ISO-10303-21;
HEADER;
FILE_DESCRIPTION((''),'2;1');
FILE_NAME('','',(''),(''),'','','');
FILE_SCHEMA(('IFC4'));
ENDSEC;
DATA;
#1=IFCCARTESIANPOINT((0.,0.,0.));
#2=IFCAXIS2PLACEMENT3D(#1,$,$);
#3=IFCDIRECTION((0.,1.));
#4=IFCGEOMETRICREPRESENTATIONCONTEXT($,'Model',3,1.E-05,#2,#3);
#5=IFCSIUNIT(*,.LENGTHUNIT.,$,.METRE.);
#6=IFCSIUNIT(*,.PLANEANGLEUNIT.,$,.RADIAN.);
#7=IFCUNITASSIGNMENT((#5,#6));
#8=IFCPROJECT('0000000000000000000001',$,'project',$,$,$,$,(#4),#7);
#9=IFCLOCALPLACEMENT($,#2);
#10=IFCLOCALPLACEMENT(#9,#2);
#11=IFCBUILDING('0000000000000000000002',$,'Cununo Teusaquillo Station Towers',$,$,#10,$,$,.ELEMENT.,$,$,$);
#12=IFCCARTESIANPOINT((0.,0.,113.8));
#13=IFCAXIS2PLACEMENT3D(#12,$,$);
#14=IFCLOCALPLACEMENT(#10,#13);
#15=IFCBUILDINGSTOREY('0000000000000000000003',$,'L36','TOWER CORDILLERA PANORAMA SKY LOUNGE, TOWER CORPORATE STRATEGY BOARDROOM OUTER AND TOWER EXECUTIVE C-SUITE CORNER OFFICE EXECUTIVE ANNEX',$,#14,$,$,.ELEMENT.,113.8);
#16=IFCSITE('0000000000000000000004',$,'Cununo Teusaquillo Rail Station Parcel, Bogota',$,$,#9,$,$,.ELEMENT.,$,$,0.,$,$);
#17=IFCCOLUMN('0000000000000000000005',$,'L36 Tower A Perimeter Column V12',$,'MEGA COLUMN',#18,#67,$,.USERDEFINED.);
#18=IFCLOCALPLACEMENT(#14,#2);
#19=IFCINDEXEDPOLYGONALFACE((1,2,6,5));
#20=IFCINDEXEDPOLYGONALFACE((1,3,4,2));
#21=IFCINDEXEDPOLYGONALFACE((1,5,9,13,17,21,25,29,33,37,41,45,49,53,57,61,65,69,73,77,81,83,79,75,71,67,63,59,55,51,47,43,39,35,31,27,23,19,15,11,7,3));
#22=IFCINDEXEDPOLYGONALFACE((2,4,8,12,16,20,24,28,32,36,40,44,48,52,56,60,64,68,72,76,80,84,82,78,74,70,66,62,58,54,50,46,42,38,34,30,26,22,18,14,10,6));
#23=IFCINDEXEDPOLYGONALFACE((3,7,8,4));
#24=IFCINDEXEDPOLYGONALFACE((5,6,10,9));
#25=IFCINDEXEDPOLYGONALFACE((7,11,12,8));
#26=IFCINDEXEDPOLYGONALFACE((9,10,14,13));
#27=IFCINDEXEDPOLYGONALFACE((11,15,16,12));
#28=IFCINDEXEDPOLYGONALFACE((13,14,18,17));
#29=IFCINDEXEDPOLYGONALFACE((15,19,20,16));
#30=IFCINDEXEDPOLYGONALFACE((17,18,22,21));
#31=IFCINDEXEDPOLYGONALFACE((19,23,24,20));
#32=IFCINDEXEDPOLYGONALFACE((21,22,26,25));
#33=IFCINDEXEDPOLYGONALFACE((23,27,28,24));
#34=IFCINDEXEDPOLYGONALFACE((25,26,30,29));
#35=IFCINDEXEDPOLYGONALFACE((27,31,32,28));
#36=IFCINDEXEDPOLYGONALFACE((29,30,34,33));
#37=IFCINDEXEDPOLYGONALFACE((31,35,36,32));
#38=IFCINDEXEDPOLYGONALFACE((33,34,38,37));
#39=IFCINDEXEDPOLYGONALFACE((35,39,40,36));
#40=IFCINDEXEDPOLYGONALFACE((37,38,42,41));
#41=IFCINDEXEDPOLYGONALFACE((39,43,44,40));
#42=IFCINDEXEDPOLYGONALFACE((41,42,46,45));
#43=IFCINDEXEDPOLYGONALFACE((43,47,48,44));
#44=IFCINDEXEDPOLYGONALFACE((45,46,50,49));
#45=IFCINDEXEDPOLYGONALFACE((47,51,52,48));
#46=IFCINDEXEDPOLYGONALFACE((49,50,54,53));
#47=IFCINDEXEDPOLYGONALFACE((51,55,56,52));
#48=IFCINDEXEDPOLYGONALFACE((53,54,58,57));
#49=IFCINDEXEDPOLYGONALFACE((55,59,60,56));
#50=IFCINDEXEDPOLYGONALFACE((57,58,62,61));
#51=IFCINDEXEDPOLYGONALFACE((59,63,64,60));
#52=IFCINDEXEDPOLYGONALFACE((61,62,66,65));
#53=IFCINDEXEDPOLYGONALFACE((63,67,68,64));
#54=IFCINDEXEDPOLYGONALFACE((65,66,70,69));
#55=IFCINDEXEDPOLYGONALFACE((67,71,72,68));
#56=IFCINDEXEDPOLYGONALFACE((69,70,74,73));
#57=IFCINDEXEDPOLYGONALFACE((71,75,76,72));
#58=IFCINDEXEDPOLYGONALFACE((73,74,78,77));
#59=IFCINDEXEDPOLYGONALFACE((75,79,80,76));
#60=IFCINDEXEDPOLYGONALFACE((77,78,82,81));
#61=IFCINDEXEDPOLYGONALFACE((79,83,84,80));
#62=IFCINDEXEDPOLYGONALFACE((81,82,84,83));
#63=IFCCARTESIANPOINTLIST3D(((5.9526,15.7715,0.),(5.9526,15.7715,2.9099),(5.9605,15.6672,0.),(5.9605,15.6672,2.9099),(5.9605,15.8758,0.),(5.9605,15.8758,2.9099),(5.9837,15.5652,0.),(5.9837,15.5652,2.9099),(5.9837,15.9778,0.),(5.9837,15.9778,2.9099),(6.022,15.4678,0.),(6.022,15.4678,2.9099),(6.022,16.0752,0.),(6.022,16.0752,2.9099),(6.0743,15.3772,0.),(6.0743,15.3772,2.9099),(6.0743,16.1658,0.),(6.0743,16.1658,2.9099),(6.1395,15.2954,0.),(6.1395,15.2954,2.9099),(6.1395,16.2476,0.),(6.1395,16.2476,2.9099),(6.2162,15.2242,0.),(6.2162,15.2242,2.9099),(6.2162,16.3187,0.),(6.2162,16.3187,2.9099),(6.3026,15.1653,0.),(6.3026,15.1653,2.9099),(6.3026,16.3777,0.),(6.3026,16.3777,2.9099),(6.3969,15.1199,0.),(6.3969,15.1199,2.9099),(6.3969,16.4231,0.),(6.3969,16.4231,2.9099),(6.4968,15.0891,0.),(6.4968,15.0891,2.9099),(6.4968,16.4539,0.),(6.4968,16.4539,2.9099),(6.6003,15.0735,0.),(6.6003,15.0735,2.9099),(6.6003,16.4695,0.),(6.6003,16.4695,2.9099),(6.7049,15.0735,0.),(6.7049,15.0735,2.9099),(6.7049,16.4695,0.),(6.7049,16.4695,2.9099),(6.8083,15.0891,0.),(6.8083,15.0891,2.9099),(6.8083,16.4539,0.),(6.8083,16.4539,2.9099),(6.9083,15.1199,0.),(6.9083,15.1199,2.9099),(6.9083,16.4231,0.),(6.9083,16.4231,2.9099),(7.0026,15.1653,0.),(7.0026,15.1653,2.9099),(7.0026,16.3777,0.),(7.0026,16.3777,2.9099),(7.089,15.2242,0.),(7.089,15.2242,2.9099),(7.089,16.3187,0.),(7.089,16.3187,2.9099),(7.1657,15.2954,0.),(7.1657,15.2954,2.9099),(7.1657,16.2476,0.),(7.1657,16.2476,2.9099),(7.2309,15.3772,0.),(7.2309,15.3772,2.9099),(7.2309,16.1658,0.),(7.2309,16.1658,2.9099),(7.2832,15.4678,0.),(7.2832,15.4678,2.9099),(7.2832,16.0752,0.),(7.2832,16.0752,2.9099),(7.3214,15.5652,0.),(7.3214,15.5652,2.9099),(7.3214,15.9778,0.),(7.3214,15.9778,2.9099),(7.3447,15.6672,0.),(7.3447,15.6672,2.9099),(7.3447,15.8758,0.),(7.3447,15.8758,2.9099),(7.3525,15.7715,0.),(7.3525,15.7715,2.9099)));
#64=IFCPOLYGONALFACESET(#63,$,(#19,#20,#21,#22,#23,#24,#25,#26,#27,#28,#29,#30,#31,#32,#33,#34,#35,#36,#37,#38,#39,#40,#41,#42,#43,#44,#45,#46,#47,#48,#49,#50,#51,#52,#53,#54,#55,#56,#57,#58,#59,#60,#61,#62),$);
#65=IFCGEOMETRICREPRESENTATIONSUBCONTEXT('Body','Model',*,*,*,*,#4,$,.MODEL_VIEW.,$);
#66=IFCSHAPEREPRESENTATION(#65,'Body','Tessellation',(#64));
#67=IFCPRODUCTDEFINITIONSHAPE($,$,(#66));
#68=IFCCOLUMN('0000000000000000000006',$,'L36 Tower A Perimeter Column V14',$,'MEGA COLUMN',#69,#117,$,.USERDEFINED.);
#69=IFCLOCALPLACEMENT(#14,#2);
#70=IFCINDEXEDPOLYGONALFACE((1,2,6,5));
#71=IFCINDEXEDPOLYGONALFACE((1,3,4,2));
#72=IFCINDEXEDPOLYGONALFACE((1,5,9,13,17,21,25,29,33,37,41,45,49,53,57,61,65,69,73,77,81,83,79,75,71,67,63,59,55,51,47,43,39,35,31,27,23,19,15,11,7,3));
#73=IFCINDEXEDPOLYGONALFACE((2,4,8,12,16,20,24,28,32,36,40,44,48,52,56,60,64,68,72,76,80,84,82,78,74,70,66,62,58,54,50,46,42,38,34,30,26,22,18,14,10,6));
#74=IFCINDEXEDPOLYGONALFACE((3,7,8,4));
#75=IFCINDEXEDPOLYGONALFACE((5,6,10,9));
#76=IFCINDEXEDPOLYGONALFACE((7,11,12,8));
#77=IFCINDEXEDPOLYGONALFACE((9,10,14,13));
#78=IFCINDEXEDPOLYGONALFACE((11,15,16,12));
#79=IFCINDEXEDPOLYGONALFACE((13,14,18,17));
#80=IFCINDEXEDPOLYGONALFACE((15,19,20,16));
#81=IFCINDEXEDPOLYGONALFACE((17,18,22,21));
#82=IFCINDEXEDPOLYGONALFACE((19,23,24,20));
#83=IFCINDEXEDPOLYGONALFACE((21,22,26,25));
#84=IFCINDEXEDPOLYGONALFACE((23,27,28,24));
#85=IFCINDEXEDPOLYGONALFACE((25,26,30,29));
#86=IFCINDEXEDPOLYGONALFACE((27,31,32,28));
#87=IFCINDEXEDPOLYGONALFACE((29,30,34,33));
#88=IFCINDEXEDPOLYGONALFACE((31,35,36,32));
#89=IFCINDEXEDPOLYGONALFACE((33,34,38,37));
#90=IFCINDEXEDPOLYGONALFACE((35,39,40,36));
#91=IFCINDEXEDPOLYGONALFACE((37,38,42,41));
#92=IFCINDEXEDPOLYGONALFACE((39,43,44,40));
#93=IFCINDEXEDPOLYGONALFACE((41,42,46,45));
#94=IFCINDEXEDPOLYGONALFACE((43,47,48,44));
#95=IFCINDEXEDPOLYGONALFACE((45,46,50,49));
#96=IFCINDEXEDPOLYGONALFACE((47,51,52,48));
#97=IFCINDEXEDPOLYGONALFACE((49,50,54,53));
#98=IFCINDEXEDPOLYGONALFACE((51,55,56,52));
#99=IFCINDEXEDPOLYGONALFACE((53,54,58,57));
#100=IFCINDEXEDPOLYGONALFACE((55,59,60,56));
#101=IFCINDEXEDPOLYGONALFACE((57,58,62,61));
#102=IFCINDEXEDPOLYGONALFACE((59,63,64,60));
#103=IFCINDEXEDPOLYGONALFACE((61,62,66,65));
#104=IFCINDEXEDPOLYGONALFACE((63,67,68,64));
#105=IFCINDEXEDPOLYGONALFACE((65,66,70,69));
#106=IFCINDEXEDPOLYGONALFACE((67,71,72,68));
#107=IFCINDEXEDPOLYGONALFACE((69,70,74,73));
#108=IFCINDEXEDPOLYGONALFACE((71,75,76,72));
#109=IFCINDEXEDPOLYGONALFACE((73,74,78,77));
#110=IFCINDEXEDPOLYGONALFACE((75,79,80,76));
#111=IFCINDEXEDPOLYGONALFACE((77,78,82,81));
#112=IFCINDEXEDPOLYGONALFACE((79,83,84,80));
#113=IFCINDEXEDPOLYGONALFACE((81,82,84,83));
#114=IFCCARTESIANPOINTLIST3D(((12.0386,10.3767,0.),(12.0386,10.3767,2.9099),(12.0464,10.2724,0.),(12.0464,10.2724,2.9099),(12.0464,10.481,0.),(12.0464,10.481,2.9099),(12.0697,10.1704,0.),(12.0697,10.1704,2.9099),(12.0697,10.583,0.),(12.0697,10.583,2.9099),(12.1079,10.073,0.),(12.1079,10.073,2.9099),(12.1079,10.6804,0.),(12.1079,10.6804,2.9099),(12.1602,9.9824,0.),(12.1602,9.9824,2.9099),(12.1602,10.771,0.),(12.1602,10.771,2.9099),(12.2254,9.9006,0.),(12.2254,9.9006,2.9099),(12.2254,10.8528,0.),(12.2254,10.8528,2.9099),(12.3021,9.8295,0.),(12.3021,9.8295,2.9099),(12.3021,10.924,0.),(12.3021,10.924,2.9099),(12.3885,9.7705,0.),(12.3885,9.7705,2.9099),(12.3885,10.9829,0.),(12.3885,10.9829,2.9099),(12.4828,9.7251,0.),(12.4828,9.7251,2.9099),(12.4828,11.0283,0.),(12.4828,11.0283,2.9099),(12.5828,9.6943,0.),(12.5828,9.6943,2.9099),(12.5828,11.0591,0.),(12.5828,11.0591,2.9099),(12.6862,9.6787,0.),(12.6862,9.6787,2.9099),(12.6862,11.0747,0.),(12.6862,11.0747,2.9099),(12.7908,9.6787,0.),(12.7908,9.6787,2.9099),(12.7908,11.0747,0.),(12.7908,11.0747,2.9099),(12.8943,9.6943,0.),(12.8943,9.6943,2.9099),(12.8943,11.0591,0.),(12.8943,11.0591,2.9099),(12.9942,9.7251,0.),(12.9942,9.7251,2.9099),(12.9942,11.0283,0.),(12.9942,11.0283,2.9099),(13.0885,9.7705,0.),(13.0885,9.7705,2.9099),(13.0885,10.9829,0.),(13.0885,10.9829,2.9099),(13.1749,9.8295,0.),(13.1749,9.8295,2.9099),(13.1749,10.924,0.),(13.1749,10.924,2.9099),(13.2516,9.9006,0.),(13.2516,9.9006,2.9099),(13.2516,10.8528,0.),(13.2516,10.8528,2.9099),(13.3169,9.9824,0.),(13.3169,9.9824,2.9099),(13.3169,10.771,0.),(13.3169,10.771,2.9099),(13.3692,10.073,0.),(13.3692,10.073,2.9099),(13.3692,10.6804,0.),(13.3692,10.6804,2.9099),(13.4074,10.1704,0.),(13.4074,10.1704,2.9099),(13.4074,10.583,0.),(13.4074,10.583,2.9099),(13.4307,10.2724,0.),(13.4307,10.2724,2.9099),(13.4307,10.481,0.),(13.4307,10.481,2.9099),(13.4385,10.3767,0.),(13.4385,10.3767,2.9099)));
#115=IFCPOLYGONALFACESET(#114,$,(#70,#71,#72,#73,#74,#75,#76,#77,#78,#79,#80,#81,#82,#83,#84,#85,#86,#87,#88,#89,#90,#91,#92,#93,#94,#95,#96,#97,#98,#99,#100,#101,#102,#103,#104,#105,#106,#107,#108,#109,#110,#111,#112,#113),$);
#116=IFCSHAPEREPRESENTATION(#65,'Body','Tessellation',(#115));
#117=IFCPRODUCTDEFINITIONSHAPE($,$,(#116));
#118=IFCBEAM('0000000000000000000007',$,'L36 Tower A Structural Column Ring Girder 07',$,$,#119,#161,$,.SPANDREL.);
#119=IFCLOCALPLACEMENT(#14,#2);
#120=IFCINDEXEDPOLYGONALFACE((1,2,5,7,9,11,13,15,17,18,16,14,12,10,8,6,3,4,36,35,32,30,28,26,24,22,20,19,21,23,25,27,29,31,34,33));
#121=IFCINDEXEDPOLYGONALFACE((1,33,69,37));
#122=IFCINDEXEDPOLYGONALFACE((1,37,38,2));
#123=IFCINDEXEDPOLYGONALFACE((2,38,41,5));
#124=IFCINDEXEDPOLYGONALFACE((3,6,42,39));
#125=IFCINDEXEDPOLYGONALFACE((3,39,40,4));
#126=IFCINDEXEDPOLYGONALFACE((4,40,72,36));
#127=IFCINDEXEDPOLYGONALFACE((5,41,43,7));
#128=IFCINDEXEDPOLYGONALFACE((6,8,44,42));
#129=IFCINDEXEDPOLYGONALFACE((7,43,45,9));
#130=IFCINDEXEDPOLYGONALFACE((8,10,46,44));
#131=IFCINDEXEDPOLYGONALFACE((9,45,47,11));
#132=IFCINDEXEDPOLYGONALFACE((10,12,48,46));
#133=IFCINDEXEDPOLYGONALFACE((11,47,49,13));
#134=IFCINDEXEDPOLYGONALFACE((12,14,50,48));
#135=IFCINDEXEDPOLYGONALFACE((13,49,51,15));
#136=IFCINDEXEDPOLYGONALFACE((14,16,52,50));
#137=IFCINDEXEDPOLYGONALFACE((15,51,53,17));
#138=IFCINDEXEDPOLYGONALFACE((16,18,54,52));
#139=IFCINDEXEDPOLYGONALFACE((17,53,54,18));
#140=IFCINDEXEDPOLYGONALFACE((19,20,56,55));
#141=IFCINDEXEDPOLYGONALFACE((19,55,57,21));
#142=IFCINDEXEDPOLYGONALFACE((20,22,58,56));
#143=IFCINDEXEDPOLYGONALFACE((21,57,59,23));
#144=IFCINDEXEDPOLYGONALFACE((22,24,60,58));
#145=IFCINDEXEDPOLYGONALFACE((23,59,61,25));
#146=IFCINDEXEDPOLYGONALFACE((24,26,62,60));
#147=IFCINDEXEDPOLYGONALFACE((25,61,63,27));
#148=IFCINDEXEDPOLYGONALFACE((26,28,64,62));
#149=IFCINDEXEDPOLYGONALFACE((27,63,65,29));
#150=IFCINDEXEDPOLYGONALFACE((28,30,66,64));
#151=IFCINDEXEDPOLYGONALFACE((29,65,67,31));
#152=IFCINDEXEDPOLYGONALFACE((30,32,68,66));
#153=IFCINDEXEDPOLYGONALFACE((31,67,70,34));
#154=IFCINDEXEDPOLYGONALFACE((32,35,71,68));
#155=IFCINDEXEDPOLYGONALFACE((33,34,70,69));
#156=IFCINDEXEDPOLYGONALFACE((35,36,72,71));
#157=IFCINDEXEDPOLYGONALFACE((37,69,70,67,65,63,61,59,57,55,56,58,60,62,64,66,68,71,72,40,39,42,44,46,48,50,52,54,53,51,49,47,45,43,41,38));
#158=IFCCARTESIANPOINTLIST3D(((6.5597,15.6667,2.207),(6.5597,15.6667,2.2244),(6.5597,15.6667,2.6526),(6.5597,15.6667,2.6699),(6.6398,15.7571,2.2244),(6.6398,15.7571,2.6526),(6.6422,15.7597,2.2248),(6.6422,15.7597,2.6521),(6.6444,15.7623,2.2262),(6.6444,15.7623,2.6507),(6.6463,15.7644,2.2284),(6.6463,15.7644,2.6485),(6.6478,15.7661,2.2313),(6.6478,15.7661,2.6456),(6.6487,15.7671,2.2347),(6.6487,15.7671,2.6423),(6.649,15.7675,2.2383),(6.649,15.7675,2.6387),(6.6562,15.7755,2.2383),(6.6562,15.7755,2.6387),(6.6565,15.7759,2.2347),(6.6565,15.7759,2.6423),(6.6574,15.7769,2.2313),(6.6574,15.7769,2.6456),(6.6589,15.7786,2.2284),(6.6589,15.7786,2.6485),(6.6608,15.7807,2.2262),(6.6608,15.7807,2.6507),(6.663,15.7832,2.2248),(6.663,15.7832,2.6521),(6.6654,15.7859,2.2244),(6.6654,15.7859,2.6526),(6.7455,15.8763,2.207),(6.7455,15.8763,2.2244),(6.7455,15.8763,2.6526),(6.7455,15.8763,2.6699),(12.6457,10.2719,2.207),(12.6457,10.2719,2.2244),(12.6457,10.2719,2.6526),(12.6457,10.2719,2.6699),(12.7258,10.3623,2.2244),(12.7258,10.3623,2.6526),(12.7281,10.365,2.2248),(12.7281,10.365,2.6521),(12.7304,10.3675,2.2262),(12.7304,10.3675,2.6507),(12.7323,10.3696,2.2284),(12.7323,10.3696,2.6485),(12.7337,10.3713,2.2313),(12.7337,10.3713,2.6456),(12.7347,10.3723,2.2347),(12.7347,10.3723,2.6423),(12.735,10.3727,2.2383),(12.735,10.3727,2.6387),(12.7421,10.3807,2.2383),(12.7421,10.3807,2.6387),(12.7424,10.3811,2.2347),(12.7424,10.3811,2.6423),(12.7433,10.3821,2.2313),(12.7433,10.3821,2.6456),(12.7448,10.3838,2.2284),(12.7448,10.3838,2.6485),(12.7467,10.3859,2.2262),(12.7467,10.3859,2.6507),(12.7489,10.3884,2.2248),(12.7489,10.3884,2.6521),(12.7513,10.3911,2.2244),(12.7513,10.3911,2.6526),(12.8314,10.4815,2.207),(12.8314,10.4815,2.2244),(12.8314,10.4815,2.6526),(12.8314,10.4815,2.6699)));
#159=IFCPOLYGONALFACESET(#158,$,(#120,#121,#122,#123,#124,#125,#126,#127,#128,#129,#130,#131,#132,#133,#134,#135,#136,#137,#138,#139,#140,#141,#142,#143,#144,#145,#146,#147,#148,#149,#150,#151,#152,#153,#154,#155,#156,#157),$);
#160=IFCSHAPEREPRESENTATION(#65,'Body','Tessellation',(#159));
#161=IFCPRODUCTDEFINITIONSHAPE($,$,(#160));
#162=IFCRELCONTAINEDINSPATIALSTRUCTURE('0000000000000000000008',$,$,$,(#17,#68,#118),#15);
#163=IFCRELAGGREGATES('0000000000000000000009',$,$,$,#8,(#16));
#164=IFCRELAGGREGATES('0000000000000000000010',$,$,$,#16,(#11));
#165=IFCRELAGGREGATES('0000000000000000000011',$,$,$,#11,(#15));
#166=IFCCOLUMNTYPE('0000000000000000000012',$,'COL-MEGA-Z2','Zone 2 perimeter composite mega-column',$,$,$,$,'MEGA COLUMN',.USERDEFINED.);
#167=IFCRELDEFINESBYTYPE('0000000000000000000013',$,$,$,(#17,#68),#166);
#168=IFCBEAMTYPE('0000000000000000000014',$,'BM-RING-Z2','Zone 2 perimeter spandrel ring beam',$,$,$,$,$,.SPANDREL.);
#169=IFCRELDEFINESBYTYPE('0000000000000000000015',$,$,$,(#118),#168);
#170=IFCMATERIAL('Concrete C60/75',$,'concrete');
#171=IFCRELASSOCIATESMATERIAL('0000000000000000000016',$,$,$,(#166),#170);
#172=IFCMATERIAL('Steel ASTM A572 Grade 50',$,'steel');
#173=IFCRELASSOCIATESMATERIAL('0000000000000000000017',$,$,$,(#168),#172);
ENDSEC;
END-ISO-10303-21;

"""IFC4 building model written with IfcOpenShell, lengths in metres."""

from ifc_helpers import new_model, si_unit, direction, frame, origin, origin_2d, place, context, subcontext, project, spatial, circle, i_section, extrude, material, material_profile, profile_set, type_object, element, save


model = new_model("IFC4")

# Units and contexts
model_context = context("Model", 3, precision=1e-05, world=origin(), true_north=direction((0.0, 1.0)))
body_context = subcontext(model_context, "Body", "Model", "MODEL_VIEW")
ifc_project = project(units=[si_unit("LENGTHUNIT", "METRE"), si_unit("PLANEANGLEUNIT", "RADIAN")], contexts=[model_context])

# Site, building, storey
site_placement = place(None, origin())
site = spatial("IfcSite", under=ifc_project, at=site_placement, Name="Cununo Teusaquillo Rail Station Parcel, Bogota", CompositionType="ELEMENT", RefElevation=0.0)
building_placement = place(site_placement, origin())
building = spatial("IfcBuilding", under=site, at=building_placement, Name="Cununo Teusaquillo Station Towers", CompositionType="ELEMENT")
storey_placement = place(building_placement, frame((0.0, 0.0, 113.8)))
storey = spatial("IfcBuildingStorey", under=building, at=storey_placement, Name="L36", Description="TOWER CORDILLERA PANORAMA SKY LOUNGE, TOWER CORPORATE STRATEGY BOARDROOM OUTER AND TOWER EXECUTIVE C-SUITE CORNER OFFICE EXECUTIVE ANNEX", CompositionType="ELEMENT", Elevation=113.8)

# Columns
ifc_material_1 = material(Name="Concrete C60/75", Category="concrete")
ifc_material_profile_1 = material_profile(ifc_material_1, circle(Radius=0.7, at=origin_2d()), Name="RC-CIRC-1400")
ifc_profile_set_1 = profile_set([ifc_material_profile_1], Name="Concrete C60/75")
column_type = type_object("IfcColumnType", Name="COL-MEGA-Z2", Description="Zone 2 perimeter composite mega-column", ElementType="MEGA COLUMN", PredefinedType="USERDEFINED", material=ifc_profile_set_1)
for number, where, z_axis, x_axis, name in (
    (1, (6.6526, 15.7715, 0.0), (0.0, 0.0, 1.0), (1.0, 0.0, 0.0), "L36 Tower A Perimeter Column V12"),
    (2, (12.7385, 10.3767, 0.0), (0.0, 0.0, 1.0), (1.0, 0.0, 0.0), "L36 Tower A Perimeter Column V14"),
):
    element("IfcColumn", number, at=place(storey_placement, frame(where, z_axis=z_axis, x_axis=x_axis)), inside=storey, type_object=column_type, Name=name, ObjectType="MEGA COLUMN", PredefinedType="USERDEFINED", context=body_context, shape_type="SweptSolid", body=[
        extrude(circle(Radius=0.7, at=origin_2d()), origin(), (0.0, 0.0, 1.0), 2.9099),
    ])

# Beam
ifc_material_2 = material(Name="Steel ASTM A572 Grade 50", Category="steel")
ifc_material_profile_2 = material_profile(ifc_material_2, i_section(OverallWidth=0.28, OverallDepth=0.4629, WebThickness=0.0107, FlangeThickness=0.0173, FilletRadius=0.0139, at=origin_2d()), Name="W18X76")
ifc_profile_set_2 = profile_set([ifc_material_profile_2], Name="Steel ASTM A572 Grade 50")
beam_type = type_object("IfcBeamType", Name="BM-RING-Z2", Description="Zone 2 perimeter spandrel ring beam", PredefinedType="SPANDREL", material=ifc_profile_set_2)
beam_1_placement = place(storey_placement, frame((6.6526, 15.7715, 2.4385), z_axis=(0.748321, -0.663337, 0.0), x_axis=(0.663337, 0.748321, 0.0)))
element("IfcBeam", 3, at=beam_1_placement, inside=storey, type_object=beam_type, Name="L36 Tower A Structural Column Ring Girder 07", PredefinedType="SPANDREL", context=body_context, shape_type="SweptSolid", body=[
    extrude(i_section(OverallWidth=0.28, OverallDepth=0.4629, WebThickness=0.0107, FlangeThickness=0.0173, FilletRadius=0.0139, at=origin_2d()), origin(), (0.0, 0.0, 1.0), 8.1328),
])

save(model, "model.ifc")
